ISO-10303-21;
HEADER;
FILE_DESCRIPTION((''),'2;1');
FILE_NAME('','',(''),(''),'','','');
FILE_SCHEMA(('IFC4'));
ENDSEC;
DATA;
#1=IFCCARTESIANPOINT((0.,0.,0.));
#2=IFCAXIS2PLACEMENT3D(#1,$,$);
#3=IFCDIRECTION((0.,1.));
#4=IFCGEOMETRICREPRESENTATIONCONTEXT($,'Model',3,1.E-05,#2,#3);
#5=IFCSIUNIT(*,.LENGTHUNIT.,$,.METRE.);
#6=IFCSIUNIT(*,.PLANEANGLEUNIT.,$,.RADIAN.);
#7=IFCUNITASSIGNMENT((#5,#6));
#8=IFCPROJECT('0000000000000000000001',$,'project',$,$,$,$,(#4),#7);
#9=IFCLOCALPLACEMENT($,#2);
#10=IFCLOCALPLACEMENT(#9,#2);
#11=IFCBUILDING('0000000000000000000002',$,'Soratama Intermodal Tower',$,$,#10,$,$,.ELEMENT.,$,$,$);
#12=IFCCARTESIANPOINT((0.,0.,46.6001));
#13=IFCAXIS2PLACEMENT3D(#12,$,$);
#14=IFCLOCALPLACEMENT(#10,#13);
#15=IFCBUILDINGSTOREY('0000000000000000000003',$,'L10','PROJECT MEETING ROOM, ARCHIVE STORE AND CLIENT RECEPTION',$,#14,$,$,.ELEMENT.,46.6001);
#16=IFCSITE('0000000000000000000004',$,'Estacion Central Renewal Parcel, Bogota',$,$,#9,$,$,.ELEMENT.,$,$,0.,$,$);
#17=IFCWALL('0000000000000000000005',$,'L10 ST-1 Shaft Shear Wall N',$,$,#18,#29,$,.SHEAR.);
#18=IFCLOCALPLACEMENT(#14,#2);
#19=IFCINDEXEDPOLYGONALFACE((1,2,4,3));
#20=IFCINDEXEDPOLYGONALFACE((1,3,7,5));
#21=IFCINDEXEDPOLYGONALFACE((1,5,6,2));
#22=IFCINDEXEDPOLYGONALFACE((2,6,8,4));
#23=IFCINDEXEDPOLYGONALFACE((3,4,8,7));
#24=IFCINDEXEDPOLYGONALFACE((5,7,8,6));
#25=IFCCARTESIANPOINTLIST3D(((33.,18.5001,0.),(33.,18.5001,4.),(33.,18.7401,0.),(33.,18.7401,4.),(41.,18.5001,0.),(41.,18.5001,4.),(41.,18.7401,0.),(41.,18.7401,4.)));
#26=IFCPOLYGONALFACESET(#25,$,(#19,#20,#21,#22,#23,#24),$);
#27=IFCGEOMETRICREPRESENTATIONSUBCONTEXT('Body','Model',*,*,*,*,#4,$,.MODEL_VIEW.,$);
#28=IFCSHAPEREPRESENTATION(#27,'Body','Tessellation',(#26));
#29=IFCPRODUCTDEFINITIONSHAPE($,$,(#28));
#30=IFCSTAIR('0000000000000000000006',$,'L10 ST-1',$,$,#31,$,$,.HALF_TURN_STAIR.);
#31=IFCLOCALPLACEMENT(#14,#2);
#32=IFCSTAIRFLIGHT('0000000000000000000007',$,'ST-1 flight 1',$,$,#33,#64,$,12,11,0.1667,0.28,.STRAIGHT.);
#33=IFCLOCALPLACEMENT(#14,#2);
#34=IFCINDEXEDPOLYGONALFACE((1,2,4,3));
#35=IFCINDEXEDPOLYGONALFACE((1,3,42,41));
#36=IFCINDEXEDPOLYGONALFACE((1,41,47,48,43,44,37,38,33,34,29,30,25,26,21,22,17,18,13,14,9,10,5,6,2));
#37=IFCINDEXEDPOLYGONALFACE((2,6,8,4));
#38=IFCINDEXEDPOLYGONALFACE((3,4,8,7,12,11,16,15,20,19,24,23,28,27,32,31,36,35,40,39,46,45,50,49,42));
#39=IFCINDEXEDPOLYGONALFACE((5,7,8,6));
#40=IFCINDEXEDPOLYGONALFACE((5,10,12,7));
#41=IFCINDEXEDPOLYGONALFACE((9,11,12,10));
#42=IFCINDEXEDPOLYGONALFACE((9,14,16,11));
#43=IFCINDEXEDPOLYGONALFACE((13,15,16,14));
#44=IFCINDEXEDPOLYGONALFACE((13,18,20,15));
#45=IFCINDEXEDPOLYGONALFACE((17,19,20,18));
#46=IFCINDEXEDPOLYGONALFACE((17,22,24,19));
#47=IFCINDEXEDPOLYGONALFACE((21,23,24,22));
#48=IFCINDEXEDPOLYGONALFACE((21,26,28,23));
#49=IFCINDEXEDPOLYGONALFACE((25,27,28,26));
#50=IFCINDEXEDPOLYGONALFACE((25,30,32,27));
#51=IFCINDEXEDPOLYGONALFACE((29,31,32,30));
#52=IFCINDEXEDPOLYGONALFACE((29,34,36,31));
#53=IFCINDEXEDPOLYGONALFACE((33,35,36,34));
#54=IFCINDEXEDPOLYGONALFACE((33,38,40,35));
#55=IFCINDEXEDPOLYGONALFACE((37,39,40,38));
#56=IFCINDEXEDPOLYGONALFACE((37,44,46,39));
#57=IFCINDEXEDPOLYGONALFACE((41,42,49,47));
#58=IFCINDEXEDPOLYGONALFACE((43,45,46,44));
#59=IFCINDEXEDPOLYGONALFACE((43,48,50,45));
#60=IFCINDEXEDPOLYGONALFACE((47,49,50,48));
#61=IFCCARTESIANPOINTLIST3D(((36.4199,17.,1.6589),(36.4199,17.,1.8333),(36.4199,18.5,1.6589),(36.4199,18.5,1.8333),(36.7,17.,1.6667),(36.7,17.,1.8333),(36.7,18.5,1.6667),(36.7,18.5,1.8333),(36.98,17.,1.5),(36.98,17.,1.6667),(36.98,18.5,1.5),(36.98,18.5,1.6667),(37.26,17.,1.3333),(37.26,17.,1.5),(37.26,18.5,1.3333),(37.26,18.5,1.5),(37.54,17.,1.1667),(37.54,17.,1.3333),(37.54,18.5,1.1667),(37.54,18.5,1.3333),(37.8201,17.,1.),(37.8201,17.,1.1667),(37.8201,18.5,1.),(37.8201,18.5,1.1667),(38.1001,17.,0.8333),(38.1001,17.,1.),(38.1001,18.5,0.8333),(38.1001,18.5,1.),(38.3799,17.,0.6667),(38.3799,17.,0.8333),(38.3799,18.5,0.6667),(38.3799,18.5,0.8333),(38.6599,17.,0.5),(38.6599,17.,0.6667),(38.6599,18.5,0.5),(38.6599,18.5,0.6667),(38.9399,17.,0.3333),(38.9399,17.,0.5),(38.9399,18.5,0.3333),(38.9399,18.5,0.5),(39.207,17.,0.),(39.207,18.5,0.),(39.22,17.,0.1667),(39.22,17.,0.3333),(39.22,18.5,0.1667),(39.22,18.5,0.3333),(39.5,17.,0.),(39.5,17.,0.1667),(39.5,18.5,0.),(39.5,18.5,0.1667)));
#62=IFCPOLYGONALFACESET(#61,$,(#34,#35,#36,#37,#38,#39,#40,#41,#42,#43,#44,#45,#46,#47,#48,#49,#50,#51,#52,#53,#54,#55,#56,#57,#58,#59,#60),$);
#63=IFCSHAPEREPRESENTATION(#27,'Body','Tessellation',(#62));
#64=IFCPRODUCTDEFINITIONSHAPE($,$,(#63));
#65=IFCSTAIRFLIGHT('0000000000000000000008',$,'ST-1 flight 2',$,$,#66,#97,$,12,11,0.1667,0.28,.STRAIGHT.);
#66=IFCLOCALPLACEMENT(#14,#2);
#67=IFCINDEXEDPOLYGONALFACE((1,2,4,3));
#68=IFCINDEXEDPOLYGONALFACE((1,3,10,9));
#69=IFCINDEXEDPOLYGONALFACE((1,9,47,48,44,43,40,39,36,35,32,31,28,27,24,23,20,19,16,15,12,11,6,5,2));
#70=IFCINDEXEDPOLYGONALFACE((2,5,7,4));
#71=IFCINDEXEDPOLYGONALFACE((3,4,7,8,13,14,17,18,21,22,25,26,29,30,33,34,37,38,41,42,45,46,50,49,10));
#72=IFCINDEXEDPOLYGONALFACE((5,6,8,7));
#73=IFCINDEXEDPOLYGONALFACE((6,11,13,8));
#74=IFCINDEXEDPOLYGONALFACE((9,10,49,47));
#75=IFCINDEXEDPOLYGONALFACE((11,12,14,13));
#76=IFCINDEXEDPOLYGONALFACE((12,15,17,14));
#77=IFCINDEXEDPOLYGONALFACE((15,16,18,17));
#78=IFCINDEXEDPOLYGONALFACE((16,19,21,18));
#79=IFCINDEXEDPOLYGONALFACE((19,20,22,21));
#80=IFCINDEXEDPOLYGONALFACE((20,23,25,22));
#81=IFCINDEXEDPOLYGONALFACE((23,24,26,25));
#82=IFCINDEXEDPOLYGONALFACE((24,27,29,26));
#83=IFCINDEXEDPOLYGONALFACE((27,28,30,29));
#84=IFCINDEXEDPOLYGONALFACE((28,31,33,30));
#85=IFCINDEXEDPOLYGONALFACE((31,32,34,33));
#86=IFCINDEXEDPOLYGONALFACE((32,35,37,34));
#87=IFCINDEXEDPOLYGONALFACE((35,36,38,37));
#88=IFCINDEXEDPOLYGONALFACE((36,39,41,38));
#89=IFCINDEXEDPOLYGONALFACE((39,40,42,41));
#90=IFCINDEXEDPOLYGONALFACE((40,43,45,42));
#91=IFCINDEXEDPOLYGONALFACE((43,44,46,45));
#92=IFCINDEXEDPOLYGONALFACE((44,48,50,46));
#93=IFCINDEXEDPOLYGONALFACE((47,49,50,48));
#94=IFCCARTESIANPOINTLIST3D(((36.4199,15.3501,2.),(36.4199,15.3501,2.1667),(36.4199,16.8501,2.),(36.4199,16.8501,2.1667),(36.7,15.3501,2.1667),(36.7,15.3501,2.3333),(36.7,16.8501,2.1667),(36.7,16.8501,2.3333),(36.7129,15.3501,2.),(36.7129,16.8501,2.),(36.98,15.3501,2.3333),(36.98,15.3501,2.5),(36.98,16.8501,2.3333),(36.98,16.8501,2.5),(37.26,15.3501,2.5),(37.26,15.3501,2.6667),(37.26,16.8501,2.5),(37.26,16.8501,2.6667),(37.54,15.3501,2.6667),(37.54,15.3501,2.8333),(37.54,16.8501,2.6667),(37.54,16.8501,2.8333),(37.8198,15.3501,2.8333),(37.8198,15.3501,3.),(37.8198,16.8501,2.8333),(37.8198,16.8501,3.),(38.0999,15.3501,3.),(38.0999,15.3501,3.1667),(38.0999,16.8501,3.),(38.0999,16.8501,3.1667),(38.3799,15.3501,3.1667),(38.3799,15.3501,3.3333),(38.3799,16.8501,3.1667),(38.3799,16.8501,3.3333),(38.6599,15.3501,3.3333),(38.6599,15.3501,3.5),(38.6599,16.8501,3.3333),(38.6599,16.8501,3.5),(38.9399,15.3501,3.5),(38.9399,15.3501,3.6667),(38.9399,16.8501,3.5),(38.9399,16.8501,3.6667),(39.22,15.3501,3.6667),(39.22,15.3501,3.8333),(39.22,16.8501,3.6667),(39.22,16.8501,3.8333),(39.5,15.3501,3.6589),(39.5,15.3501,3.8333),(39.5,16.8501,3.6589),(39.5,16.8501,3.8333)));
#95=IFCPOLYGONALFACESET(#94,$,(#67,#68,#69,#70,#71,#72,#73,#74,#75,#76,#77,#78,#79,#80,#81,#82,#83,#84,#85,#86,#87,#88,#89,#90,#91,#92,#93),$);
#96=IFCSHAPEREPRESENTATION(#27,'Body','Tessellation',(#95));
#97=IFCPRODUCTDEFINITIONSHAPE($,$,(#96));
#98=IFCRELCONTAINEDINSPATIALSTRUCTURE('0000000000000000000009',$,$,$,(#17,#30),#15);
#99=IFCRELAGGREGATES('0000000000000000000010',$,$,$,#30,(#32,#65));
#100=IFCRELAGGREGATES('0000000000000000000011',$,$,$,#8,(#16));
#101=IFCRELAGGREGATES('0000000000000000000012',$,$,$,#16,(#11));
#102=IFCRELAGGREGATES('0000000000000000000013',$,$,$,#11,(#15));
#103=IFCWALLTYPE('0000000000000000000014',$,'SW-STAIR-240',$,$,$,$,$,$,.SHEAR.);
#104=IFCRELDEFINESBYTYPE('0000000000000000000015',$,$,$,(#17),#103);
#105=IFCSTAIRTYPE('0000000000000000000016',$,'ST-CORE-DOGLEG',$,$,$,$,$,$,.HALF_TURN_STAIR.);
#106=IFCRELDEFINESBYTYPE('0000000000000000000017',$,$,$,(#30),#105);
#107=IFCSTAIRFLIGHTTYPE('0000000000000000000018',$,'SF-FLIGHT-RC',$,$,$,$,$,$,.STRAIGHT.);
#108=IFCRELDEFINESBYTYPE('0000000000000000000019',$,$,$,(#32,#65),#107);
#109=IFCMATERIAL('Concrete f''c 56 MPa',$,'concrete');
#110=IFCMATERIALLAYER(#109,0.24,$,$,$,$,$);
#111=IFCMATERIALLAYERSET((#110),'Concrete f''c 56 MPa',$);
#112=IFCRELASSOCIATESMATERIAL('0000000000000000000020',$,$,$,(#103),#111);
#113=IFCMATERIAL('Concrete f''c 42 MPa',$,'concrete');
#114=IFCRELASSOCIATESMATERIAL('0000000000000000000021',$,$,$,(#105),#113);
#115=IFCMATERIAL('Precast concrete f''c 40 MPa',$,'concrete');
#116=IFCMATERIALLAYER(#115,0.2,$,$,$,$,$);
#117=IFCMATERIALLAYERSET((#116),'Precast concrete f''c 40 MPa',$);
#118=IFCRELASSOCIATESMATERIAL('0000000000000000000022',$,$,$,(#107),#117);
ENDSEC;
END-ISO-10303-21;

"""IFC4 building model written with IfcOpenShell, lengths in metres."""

from ifc_helpers import new_model, si_unit, direction, frame, frame_2d, origin, place, context, subcontext, project, spatial, polyline, rectangle, outline, extrude, material, layer, layer_set, type_object, element, aggregate, save


model = new_model("IFC4")

# Units and contexts
model_context = context("Model", 3, precision=1e-05, world=origin(), true_north=direction((0.0, 1.0)))
body_context = subcontext(model_context, "Body", "Model", "MODEL_VIEW")
ifc_project = project(units=[si_unit("LENGTHUNIT", "METRE"), si_unit("PLANEANGLEUNIT", "RADIAN")], contexts=[model_context])

# Site, building, storey
site_placement = place(None, origin())
site = spatial("IfcSite", under=ifc_project, at=site_placement, Name="Estacion Central Renewal Parcel, Bogota", CompositionType="ELEMENT", RefElevation=0.0)
building_placement = place(site_placement, origin())
building = spatial("IfcBuilding", under=site, at=building_placement, Name="Soratama Intermodal Tower", CompositionType="ELEMENT")
storey_placement = place(building_placement, frame((0.0, 0.0, 46.6001)))
storey = spatial("IfcBuildingStorey", under=building, at=storey_placement, Name="L10", Description="PROJECT MEETING ROOM, ARCHIVE STORE AND CLIENT RECEPTION", CompositionType="ELEMENT", Elevation=46.6001)

# Wall
ifc_material_1 = material(Name="Concrete f'c 56 MPa", Category="concrete")
ifc_layer_1 = layer(ifc_material_1, 0.24)
ifc_layer_set_1 = layer_set([ifc_layer_1], Name="Concrete f'c 56 MPa")
wall_type_1 = type_object("IfcWallType", Name="SW-STAIR-240", PredefinedType="SHEAR", material=ifc_layer_set_1)
for number, where, z_axis, x_axis, name in (
    (1, (33.0, 18.6201, 0.0), (0.0, 0.0, 1.0), (1.0, 0.0, 0.0), "L10 ST-1 Shaft Shear Wall N"),
):
    element("IfcWall", number, at=place(storey_placement, frame(where, z_axis=z_axis, x_axis=x_axis)), inside=storey, type_object=wall_type_1, Name=name, PredefinedType="SHEAR", context=body_context, shape_type="SweptSolid", body=[
        extrude(rectangle(XDim=8.0, YDim=0.24, at=frame_2d((4.0, 0.0))), origin(), (0.0, 0.0, 1.0), 4.0),
    ])

# Stair, stair flights
ifc_material_2 = material(Name="Concrete f'c 42 MPa", Category="concrete")
stair_type = type_object("IfcStairType", Name="ST-CORE-DOGLEG", PredefinedType="HALF_TURN_STAIR", material=ifc_material_2)
stair_placement = place(storey_placement, origin())
stair = element("IfcStair", 2, at=stair_placement, inside=storey, type_object=stair_type, Name="L10 ST-1", PredefinedType="HALF_TURN_STAIR")
ifc_material_3 = material(Name="Precast concrete f'c 40 MPa", Category="concrete")
ifc_layer_2 = layer(ifc_material_3, 0.2)
ifc_layer_set_2 = layer_set([ifc_layer_2], Name="Precast concrete f'c 40 MPa")
stair_flight_type = type_object("IfcStairFlightType", Name="SF-FLIGHT-RC", PredefinedType="STRAIGHT", material=ifc_layer_set_2)
stair_flight_1_placement = place(storey_placement, frame((39.5, 17.75, 0.0), z_axis=(0.0, 0.0, 1.0), x_axis=(-1.0, 0.0, 0.0)))
stair_flight_1 = element("IfcStairFlight", 3, at=stair_flight_1_placement, type_object=stair_flight_type, Name="ST-1 flight 1", NumberOfRisers=12, NumberOfTreads=11, PredefinedType="STRAIGHT", RiserHeight=0.1667, TreadLength=0.28, context=body_context, shape_type="SweptSolid", body=[
    extrude(outline(polyline([(0.0, 0.0), (0.0, 0.1667), (0.28, 0.1667), (0.28, 0.3333), (0.5601, 0.3333), (0.5601, 0.5), (0.8401, 0.5), (0.8401, 0.6667), (1.1201, 0.6667), (1.1201, 0.8333), (1.3999, 0.8333), (1.3999, 1.0), (1.6799, 1.0), (1.6799, 1.1667), (1.96, 1.1667), (1.96, 1.3333), (2.24, 1.3333), (2.24, 1.5), (2.52, 1.5), (2.52, 1.6667), (2.8, 1.6667), (2.8, 1.8333), (3.0801, 1.8333), (3.0801, 2.0), (3.0801, 1.6589), (0.293, 0.0), (0.0, 0.0)])), frame((0.0, 0.75, 0.0), z_axis=(0.0, -1.0, 0.0), x_axis=(1.0, 0.0, 0.0)), (0.0, 0.0, 1.0), 1.5),
])
stair_flight_2_placement = place(storey_placement, frame((36.4199, 16.1001, 2.0), z_axis=(0.0, 0.0, 1.0), x_axis=(1.0, 0.0, 0.0)))
stair_flight_2 = element("IfcStairFlight", 4, at=stair_flight_2_placement, type_object=stair_flight_type, Name="ST-1 flight 2", NumberOfRisers=12, NumberOfTreads=11, PredefinedType="STRAIGHT", RiserHeight=0.1667, TreadLength=0.28, context=body_context, shape_type="SweptSolid", body=[
    extrude(outline(polyline([(0.0, 0.0), (0.0, 0.1667), (0.28, 0.1667), (0.28, 0.3333), (0.5601, 0.3333), (0.5601, 0.5), (0.8401, 0.5), (0.8401, 0.6667), (1.1201, 0.6667), (1.1201, 0.8333), (1.3999, 0.8333), (1.3999, 1.0), (1.6799, 1.0), (1.6799, 1.1667), (1.96, 1.1667), (1.96, 1.3333), (2.24, 1.3333), (2.24, 1.5), (2.52, 1.5), (2.52, 1.6667), (2.8, 1.6667), (2.8, 1.8333), (3.0801, 1.8333), (3.0801, 2.0), (3.0801, 1.6589), (0.293, 0.0), (0.0, 0.0)])), frame((0.0, 0.75, 0.0), z_axis=(0.0, -1.0, 0.0), x_axis=(1.0, 0.0, 0.0)), (0.0, 0.0, 1.0), 1.5),
])
aggregate(stair, [stair_flight_1, stair_flight_2])

save(model, "model.ifc")
